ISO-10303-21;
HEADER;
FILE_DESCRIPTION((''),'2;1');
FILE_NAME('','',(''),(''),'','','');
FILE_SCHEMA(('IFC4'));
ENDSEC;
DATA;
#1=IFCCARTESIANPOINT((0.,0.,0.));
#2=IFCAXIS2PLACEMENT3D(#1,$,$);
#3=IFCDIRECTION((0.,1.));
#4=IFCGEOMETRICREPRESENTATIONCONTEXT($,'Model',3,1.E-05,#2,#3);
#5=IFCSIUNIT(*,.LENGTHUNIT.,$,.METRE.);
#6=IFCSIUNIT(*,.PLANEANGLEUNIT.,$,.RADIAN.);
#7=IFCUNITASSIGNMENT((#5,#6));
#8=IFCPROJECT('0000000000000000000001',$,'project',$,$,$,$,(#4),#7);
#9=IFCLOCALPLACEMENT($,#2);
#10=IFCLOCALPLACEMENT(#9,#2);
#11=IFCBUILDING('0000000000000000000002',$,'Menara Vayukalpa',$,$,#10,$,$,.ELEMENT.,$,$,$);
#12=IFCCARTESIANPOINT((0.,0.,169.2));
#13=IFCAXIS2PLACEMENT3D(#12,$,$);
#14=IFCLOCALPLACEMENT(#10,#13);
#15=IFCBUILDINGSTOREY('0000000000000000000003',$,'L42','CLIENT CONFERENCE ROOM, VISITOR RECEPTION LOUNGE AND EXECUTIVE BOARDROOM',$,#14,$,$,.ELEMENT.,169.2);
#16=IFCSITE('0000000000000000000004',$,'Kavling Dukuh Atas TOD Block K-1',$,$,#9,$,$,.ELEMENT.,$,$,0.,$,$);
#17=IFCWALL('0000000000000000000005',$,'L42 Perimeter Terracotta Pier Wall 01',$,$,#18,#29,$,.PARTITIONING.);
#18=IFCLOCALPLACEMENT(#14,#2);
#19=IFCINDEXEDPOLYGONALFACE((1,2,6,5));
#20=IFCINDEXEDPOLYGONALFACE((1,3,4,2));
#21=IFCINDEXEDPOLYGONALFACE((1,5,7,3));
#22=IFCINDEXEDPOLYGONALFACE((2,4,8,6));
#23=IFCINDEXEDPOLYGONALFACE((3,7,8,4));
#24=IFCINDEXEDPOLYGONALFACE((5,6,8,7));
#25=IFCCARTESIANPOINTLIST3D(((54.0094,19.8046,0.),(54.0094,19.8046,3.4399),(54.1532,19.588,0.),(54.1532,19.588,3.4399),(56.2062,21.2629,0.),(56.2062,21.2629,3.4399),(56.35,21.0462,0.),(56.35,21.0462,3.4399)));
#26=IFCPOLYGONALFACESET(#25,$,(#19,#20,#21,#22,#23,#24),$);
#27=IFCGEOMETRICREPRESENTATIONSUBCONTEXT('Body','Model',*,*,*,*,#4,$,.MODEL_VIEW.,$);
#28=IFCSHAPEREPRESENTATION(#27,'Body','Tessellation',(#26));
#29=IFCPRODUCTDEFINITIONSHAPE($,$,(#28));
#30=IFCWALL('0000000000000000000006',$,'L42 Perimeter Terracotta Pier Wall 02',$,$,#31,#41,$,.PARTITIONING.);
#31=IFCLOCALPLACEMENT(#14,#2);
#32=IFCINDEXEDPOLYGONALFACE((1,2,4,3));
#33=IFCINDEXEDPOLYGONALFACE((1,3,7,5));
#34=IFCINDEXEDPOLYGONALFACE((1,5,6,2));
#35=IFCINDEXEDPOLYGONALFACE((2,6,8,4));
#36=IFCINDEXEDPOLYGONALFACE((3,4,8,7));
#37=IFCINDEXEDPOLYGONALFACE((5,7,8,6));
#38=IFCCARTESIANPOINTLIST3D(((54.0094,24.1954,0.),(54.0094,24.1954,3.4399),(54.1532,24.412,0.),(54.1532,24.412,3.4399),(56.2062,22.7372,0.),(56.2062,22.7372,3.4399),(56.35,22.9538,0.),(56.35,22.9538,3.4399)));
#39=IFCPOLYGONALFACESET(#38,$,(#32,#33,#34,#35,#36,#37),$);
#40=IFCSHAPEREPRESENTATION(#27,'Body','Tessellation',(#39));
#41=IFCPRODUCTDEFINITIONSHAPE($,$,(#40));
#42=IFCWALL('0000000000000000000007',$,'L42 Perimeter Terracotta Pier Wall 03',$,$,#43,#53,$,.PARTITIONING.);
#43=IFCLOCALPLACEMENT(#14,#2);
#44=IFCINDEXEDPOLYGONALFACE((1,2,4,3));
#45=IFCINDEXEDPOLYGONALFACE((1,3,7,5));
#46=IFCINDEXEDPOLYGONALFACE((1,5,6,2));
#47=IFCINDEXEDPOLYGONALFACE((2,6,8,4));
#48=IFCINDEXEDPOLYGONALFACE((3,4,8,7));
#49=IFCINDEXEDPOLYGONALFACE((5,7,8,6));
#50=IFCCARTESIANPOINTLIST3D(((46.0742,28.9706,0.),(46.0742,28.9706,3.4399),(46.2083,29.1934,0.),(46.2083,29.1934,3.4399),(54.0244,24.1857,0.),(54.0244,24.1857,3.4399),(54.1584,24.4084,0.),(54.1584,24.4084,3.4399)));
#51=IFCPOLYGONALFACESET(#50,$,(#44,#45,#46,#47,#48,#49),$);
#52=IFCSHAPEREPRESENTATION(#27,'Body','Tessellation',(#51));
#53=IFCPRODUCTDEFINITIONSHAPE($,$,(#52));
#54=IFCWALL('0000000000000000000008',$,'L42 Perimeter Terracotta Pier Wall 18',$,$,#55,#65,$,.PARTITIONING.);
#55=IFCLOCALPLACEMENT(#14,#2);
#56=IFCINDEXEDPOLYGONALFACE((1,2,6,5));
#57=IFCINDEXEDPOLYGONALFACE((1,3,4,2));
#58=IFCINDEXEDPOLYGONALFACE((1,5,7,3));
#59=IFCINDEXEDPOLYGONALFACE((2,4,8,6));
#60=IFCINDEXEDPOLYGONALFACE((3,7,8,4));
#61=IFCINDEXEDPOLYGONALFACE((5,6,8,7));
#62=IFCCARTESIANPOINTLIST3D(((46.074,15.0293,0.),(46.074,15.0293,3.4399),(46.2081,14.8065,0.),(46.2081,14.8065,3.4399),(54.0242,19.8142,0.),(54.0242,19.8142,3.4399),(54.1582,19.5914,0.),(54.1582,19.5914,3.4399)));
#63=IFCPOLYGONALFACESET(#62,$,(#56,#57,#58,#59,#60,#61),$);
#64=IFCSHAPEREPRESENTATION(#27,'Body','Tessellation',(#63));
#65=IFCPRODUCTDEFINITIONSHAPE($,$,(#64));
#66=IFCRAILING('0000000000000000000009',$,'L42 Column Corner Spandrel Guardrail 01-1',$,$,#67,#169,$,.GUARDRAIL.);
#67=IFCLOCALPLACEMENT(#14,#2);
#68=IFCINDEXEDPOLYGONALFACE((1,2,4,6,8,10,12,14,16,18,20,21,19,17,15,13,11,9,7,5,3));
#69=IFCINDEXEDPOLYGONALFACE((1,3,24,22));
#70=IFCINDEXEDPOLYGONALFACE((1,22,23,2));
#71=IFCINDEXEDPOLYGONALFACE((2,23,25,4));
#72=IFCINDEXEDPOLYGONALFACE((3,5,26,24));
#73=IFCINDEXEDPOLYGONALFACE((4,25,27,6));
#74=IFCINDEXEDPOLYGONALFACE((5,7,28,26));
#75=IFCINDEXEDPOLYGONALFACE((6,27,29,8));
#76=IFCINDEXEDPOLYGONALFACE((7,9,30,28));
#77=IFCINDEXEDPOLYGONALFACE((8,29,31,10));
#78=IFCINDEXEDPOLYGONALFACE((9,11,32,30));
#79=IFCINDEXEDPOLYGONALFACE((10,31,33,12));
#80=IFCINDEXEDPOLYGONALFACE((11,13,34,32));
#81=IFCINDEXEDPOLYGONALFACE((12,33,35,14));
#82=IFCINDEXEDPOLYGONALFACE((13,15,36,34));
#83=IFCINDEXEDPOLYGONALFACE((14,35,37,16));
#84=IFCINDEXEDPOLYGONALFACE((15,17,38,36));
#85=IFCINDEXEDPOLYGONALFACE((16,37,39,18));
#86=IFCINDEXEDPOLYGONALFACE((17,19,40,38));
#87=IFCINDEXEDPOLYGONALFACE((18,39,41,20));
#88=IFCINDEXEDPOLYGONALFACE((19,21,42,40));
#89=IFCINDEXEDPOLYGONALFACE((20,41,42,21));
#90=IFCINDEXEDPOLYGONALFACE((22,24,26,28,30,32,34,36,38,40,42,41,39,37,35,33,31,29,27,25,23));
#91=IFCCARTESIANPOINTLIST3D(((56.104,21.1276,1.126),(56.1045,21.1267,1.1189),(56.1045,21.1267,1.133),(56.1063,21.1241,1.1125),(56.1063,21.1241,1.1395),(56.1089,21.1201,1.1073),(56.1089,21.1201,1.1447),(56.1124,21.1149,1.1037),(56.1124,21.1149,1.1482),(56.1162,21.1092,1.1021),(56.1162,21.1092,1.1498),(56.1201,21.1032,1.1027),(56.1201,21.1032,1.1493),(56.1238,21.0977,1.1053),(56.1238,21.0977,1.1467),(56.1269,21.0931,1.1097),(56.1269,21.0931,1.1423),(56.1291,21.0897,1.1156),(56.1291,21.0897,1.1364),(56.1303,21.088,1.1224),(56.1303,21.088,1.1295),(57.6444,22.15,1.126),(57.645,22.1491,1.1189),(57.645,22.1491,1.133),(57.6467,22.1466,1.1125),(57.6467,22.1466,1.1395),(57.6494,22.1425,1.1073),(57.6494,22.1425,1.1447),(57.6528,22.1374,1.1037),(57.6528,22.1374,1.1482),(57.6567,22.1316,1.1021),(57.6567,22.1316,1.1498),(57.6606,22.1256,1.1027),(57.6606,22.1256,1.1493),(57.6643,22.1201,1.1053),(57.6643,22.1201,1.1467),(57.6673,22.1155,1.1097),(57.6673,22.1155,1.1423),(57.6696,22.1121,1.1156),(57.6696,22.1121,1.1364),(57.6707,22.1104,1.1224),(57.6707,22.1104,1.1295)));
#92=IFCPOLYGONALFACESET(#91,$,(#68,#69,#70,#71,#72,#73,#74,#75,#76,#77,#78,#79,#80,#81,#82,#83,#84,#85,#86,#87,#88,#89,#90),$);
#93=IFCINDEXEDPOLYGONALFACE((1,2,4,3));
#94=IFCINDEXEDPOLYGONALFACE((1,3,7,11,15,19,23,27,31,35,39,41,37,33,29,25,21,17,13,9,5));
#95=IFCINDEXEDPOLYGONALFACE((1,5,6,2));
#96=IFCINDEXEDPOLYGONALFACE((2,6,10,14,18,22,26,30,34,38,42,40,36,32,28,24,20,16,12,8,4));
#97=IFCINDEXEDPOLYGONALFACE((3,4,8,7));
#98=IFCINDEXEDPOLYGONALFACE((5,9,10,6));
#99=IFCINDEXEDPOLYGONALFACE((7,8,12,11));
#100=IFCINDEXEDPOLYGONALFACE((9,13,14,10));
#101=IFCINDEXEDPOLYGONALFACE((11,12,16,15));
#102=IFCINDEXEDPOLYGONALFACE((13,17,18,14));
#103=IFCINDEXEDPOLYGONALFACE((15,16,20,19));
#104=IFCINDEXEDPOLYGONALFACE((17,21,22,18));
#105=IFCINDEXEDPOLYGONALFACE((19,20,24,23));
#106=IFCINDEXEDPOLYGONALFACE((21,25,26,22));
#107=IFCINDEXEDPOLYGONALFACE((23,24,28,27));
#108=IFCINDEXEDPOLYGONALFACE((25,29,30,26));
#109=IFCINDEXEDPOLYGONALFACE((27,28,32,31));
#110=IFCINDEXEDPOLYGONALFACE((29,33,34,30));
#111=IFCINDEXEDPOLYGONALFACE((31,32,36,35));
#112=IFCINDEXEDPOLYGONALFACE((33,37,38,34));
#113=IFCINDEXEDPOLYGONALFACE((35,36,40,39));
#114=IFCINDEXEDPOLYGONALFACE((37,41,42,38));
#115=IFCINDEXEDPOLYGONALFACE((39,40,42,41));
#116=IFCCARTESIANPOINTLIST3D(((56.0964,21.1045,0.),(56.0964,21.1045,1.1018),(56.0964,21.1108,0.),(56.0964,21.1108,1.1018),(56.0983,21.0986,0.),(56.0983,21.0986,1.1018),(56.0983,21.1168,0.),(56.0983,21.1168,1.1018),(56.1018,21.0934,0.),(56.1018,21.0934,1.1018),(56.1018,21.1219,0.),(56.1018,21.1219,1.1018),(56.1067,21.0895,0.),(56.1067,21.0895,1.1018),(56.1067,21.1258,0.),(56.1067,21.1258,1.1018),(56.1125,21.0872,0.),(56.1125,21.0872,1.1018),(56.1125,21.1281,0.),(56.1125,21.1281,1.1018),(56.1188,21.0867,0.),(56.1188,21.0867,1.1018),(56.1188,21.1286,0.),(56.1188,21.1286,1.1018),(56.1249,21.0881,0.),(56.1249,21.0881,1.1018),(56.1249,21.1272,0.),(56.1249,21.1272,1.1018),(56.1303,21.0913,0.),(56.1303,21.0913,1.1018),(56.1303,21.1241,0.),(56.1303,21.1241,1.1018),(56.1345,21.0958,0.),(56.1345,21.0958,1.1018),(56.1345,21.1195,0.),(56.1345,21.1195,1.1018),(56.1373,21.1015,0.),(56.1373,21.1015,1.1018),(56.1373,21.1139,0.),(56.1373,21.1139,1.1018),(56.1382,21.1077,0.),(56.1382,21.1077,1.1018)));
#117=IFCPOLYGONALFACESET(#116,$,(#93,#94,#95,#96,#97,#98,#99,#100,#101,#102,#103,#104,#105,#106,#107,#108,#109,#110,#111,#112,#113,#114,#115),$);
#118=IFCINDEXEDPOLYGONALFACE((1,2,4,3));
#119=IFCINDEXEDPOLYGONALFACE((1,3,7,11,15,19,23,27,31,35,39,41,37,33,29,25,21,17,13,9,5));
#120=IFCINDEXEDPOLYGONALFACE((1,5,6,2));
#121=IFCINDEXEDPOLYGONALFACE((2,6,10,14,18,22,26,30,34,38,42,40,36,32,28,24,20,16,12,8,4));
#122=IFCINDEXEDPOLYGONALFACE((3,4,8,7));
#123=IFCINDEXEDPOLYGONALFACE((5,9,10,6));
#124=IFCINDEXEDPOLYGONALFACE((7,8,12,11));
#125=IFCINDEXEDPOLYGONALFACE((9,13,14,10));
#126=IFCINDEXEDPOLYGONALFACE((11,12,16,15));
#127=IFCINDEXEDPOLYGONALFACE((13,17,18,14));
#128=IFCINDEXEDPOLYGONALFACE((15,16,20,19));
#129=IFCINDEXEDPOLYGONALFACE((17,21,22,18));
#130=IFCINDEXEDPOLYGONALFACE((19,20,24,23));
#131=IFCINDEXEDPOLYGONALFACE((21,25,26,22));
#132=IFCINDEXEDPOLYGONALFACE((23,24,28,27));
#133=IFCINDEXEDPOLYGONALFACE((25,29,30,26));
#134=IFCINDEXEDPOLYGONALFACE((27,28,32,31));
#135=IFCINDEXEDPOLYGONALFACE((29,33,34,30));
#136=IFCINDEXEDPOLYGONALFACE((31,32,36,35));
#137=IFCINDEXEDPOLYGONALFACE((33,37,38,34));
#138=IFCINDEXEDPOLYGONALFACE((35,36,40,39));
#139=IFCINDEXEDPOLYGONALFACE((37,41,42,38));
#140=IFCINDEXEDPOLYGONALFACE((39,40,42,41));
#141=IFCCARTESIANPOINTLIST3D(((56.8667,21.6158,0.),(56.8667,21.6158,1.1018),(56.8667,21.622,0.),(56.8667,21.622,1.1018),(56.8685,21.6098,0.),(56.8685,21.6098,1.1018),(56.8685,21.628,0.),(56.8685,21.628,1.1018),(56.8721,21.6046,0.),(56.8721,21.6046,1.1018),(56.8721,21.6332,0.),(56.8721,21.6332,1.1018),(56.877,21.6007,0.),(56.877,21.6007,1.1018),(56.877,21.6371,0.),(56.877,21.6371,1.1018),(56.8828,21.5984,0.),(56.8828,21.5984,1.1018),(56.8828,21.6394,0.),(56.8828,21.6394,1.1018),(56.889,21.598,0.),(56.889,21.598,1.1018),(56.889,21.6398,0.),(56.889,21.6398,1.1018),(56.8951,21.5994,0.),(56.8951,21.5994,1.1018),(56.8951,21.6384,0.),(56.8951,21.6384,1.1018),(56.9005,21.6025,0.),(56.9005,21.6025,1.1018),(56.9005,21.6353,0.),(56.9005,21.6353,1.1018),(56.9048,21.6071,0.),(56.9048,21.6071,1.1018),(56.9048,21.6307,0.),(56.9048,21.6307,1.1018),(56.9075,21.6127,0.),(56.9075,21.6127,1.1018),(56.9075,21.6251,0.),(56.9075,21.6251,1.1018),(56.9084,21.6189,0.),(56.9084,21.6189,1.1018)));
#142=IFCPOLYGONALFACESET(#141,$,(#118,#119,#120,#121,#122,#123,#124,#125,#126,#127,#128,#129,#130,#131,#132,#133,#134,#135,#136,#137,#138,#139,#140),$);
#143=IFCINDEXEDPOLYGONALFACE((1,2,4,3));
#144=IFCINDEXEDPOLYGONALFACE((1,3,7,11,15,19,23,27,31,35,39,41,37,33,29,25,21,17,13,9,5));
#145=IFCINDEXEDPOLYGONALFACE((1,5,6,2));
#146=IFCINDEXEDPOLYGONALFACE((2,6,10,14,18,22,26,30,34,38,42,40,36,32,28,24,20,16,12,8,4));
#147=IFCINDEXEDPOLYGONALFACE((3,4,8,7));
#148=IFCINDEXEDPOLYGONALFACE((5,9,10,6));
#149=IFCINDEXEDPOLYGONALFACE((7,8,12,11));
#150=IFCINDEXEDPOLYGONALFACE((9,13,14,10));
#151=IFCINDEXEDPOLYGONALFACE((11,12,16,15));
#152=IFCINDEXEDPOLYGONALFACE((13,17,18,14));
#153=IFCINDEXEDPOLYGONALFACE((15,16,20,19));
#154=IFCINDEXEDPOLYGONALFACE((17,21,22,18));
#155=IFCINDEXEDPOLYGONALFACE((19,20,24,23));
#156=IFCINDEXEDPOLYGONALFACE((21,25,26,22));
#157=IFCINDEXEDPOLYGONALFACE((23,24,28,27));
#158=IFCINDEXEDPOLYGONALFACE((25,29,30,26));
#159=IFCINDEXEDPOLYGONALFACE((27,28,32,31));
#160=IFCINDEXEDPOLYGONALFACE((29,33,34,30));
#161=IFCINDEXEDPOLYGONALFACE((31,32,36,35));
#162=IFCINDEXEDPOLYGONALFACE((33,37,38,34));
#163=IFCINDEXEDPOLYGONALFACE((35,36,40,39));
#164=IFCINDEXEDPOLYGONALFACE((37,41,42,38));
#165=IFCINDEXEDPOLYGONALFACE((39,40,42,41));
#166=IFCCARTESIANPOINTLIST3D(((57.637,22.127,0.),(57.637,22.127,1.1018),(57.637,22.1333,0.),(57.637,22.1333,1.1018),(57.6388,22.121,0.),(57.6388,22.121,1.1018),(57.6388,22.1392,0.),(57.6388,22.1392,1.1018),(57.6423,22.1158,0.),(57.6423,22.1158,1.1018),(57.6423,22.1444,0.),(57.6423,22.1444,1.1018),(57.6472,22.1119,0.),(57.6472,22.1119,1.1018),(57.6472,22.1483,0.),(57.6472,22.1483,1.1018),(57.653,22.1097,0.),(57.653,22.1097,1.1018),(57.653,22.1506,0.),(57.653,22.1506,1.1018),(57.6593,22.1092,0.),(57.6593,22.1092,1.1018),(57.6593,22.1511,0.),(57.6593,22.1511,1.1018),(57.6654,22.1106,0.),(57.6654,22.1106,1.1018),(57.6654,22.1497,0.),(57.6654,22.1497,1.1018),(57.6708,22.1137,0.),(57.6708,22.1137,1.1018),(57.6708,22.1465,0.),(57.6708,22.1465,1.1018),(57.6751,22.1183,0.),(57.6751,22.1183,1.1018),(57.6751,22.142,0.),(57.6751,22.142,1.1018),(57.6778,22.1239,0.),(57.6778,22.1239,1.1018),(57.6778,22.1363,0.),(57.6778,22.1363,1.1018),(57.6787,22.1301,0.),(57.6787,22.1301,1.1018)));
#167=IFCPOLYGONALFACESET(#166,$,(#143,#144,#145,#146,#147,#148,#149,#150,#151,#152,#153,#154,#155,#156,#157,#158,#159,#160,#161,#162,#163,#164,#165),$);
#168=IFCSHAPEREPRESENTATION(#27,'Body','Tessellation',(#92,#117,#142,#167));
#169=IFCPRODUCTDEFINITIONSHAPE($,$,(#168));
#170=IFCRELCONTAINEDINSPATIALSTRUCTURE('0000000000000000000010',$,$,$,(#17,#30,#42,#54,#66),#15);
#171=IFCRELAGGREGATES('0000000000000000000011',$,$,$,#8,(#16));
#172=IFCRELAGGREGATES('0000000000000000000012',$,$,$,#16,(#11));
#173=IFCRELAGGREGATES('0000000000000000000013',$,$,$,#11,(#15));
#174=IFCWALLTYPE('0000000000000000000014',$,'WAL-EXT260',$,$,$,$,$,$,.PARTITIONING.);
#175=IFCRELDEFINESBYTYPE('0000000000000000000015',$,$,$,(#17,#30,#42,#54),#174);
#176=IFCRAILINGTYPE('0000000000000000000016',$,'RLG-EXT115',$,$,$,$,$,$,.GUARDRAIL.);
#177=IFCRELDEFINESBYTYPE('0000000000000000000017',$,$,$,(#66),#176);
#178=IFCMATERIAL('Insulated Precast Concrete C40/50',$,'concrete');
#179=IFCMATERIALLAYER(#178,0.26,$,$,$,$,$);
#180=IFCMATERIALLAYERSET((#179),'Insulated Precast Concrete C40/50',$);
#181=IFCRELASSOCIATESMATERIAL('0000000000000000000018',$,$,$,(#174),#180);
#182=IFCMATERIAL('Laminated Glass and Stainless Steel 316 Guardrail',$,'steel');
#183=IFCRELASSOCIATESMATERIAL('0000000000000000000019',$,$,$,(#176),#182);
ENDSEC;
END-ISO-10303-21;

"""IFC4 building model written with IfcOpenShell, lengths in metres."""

from ifc_helpers import new_model, si_unit, direction, frame, frame_2d, origin, origin_2d, place, context, subcontext, project, spatial, rectangle, circle, extrude, material, layer, layer_set, type_object, element, save


model = new_model("IFC4")

# Units and contexts
model_context = context("Model", 3, precision=1e-05, world=origin(), true_north=direction((0.0, 1.0)))
body_context = subcontext(model_context, "Body", "Model", "MODEL_VIEW")
ifc_project = project(units=[si_unit("LENGTHUNIT", "METRE"), si_unit("PLANEANGLEUNIT", "RADIAN")], contexts=[model_context])

# Site, building, storey
site_placement = place(None, origin())
site = spatial("IfcSite", under=ifc_project, at=site_placement, Name="Kavling Dukuh Atas TOD Block K-1", CompositionType="ELEMENT", RefElevation=0.0)
building_placement = place(site_placement, origin())
building = spatial("IfcBuilding", under=site, at=building_placement, Name="Menara Vayukalpa", CompositionType="ELEMENT")
storey_placement = place(building_placement, frame((0.0, 0.0, 169.2)))
storey = spatial("IfcBuildingStorey", under=building, at=storey_placement, Name="L42", Description="CLIENT CONFERENCE ROOM, VISITOR RECEPTION LOUNGE AND EXECUTIVE BOARDROOM", CompositionType="ELEMENT", Elevation=169.2)

# Walls
ifc_material_1 = material(Name="Insulated Precast Concrete C40/50", Category="concrete")
ifc_layer_1 = layer(ifc_material_1, 0.26)
ifc_layer_set_1 = layer_set([ifc_layer_1], Name="Insulated Precast Concrete C40/50")
wall_type = type_object("IfcWallType", Name="WAL-EXT260", PredefinedType="PARTITIONING", material=ifc_layer_set_1)
for number, where, z_axis, x_axis, name in (
    (1, (56.2781, 21.1545, 0.0), (0.0, 0.0, 1.0), (-0.833146, -0.553054, 0.0), "L42 Perimeter Terracotta Pier Wall 01"),
    (2, (54.0813, 24.3037, 0.0), (0.0, 0.0, 1.0), (0.833146, -0.553054, 0.0), "L42 Perimeter Terracotta Pier Wall 02"),
):
    element("IfcWall", number, at=place(storey_placement, frame(where, z_axis=z_axis, x_axis=x_axis)), inside=storey, type_object=wall_type, Name=name, PredefinedType="PARTITIONING", context=body_context, shape_type="SweptSolid", body=[
        extrude(rectangle(XDim=2.6367, YDim=0.26, at=frame_2d((1.3184, 0.0))), origin(), (0.0, 0.0, 1.0), 3.4399),
    ])
for number, where, z_axis, x_axis, name in (
    (3, (46.1411, 29.082, 0.0), (0.0, 0.0, 1.0), (0.856789, -0.515668, 0.0), "L42 Perimeter Terracotta Pier Wall 03"),
    (4, (54.0913, 19.7029, 0.0), (0.0, 0.0, 1.0), (-0.856789, -0.515668, 0.0), "L42 Perimeter Terracotta Pier Wall 18"),
):
    element("IfcWall", number, at=place(storey_placement, frame(where, z_axis=z_axis, x_axis=x_axis)), inside=storey, type_object=wall_type, Name=name, PredefinedType="PARTITIONING", context=body_context, shape_type="SweptSolid", body=[
        extrude(rectangle(XDim=9.2791, YDim=0.26, at=frame_2d((4.6396, 0.0))), origin(), (0.0, 0.0, 1.0), 3.4399),
    ])

# Railing
ifc_material_2 = material(Name="Laminated Glass and Stainless Steel 316 Guardrail", Category="steel")
railing_type = type_object("IfcRailingType", Name="RLG-EXT115", PredefinedType="GUARDRAIL", material=ifc_material_2)
railing_1_placement = place(storey_placement, frame((56.1172, 21.1077, 0.0)))
element("IfcRailing", 5, at=railing_1_placement, inside=storey, type_object=railing_type, Name="L42 Column Corner Spandrel Guardrail 01-1", PredefinedType="GUARDRAIL", context=body_context, shape_type="SweptSolid", body=[
    extrude(circle(Radius=0.0239, at=origin_2d()), frame((0.0, 0.0, 1.126), z_axis=(0.833186, 0.552993, 0.0), x_axis=(-0.552993, 0.833186, 0.0)), (0.0, 0.0, 1.0), 1.8489),
    extrude(circle(Radius=0.021, at=origin_2d()), origin(), (0.0, 0.0, 1.0), 1.1018),
    extrude(circle(Radius=0.021, at=origin_2d()), frame((0.7703, 0.5112, 0.0)), (0.0, 0.0, 1.0), 1.1018),
    extrude(circle(Radius=0.021, at=origin_2d()), frame((1.5405, 1.0225, 0.0)), (0.0, 0.0, 1.0), 1.1018),
])

save(model, "model.ifc")
